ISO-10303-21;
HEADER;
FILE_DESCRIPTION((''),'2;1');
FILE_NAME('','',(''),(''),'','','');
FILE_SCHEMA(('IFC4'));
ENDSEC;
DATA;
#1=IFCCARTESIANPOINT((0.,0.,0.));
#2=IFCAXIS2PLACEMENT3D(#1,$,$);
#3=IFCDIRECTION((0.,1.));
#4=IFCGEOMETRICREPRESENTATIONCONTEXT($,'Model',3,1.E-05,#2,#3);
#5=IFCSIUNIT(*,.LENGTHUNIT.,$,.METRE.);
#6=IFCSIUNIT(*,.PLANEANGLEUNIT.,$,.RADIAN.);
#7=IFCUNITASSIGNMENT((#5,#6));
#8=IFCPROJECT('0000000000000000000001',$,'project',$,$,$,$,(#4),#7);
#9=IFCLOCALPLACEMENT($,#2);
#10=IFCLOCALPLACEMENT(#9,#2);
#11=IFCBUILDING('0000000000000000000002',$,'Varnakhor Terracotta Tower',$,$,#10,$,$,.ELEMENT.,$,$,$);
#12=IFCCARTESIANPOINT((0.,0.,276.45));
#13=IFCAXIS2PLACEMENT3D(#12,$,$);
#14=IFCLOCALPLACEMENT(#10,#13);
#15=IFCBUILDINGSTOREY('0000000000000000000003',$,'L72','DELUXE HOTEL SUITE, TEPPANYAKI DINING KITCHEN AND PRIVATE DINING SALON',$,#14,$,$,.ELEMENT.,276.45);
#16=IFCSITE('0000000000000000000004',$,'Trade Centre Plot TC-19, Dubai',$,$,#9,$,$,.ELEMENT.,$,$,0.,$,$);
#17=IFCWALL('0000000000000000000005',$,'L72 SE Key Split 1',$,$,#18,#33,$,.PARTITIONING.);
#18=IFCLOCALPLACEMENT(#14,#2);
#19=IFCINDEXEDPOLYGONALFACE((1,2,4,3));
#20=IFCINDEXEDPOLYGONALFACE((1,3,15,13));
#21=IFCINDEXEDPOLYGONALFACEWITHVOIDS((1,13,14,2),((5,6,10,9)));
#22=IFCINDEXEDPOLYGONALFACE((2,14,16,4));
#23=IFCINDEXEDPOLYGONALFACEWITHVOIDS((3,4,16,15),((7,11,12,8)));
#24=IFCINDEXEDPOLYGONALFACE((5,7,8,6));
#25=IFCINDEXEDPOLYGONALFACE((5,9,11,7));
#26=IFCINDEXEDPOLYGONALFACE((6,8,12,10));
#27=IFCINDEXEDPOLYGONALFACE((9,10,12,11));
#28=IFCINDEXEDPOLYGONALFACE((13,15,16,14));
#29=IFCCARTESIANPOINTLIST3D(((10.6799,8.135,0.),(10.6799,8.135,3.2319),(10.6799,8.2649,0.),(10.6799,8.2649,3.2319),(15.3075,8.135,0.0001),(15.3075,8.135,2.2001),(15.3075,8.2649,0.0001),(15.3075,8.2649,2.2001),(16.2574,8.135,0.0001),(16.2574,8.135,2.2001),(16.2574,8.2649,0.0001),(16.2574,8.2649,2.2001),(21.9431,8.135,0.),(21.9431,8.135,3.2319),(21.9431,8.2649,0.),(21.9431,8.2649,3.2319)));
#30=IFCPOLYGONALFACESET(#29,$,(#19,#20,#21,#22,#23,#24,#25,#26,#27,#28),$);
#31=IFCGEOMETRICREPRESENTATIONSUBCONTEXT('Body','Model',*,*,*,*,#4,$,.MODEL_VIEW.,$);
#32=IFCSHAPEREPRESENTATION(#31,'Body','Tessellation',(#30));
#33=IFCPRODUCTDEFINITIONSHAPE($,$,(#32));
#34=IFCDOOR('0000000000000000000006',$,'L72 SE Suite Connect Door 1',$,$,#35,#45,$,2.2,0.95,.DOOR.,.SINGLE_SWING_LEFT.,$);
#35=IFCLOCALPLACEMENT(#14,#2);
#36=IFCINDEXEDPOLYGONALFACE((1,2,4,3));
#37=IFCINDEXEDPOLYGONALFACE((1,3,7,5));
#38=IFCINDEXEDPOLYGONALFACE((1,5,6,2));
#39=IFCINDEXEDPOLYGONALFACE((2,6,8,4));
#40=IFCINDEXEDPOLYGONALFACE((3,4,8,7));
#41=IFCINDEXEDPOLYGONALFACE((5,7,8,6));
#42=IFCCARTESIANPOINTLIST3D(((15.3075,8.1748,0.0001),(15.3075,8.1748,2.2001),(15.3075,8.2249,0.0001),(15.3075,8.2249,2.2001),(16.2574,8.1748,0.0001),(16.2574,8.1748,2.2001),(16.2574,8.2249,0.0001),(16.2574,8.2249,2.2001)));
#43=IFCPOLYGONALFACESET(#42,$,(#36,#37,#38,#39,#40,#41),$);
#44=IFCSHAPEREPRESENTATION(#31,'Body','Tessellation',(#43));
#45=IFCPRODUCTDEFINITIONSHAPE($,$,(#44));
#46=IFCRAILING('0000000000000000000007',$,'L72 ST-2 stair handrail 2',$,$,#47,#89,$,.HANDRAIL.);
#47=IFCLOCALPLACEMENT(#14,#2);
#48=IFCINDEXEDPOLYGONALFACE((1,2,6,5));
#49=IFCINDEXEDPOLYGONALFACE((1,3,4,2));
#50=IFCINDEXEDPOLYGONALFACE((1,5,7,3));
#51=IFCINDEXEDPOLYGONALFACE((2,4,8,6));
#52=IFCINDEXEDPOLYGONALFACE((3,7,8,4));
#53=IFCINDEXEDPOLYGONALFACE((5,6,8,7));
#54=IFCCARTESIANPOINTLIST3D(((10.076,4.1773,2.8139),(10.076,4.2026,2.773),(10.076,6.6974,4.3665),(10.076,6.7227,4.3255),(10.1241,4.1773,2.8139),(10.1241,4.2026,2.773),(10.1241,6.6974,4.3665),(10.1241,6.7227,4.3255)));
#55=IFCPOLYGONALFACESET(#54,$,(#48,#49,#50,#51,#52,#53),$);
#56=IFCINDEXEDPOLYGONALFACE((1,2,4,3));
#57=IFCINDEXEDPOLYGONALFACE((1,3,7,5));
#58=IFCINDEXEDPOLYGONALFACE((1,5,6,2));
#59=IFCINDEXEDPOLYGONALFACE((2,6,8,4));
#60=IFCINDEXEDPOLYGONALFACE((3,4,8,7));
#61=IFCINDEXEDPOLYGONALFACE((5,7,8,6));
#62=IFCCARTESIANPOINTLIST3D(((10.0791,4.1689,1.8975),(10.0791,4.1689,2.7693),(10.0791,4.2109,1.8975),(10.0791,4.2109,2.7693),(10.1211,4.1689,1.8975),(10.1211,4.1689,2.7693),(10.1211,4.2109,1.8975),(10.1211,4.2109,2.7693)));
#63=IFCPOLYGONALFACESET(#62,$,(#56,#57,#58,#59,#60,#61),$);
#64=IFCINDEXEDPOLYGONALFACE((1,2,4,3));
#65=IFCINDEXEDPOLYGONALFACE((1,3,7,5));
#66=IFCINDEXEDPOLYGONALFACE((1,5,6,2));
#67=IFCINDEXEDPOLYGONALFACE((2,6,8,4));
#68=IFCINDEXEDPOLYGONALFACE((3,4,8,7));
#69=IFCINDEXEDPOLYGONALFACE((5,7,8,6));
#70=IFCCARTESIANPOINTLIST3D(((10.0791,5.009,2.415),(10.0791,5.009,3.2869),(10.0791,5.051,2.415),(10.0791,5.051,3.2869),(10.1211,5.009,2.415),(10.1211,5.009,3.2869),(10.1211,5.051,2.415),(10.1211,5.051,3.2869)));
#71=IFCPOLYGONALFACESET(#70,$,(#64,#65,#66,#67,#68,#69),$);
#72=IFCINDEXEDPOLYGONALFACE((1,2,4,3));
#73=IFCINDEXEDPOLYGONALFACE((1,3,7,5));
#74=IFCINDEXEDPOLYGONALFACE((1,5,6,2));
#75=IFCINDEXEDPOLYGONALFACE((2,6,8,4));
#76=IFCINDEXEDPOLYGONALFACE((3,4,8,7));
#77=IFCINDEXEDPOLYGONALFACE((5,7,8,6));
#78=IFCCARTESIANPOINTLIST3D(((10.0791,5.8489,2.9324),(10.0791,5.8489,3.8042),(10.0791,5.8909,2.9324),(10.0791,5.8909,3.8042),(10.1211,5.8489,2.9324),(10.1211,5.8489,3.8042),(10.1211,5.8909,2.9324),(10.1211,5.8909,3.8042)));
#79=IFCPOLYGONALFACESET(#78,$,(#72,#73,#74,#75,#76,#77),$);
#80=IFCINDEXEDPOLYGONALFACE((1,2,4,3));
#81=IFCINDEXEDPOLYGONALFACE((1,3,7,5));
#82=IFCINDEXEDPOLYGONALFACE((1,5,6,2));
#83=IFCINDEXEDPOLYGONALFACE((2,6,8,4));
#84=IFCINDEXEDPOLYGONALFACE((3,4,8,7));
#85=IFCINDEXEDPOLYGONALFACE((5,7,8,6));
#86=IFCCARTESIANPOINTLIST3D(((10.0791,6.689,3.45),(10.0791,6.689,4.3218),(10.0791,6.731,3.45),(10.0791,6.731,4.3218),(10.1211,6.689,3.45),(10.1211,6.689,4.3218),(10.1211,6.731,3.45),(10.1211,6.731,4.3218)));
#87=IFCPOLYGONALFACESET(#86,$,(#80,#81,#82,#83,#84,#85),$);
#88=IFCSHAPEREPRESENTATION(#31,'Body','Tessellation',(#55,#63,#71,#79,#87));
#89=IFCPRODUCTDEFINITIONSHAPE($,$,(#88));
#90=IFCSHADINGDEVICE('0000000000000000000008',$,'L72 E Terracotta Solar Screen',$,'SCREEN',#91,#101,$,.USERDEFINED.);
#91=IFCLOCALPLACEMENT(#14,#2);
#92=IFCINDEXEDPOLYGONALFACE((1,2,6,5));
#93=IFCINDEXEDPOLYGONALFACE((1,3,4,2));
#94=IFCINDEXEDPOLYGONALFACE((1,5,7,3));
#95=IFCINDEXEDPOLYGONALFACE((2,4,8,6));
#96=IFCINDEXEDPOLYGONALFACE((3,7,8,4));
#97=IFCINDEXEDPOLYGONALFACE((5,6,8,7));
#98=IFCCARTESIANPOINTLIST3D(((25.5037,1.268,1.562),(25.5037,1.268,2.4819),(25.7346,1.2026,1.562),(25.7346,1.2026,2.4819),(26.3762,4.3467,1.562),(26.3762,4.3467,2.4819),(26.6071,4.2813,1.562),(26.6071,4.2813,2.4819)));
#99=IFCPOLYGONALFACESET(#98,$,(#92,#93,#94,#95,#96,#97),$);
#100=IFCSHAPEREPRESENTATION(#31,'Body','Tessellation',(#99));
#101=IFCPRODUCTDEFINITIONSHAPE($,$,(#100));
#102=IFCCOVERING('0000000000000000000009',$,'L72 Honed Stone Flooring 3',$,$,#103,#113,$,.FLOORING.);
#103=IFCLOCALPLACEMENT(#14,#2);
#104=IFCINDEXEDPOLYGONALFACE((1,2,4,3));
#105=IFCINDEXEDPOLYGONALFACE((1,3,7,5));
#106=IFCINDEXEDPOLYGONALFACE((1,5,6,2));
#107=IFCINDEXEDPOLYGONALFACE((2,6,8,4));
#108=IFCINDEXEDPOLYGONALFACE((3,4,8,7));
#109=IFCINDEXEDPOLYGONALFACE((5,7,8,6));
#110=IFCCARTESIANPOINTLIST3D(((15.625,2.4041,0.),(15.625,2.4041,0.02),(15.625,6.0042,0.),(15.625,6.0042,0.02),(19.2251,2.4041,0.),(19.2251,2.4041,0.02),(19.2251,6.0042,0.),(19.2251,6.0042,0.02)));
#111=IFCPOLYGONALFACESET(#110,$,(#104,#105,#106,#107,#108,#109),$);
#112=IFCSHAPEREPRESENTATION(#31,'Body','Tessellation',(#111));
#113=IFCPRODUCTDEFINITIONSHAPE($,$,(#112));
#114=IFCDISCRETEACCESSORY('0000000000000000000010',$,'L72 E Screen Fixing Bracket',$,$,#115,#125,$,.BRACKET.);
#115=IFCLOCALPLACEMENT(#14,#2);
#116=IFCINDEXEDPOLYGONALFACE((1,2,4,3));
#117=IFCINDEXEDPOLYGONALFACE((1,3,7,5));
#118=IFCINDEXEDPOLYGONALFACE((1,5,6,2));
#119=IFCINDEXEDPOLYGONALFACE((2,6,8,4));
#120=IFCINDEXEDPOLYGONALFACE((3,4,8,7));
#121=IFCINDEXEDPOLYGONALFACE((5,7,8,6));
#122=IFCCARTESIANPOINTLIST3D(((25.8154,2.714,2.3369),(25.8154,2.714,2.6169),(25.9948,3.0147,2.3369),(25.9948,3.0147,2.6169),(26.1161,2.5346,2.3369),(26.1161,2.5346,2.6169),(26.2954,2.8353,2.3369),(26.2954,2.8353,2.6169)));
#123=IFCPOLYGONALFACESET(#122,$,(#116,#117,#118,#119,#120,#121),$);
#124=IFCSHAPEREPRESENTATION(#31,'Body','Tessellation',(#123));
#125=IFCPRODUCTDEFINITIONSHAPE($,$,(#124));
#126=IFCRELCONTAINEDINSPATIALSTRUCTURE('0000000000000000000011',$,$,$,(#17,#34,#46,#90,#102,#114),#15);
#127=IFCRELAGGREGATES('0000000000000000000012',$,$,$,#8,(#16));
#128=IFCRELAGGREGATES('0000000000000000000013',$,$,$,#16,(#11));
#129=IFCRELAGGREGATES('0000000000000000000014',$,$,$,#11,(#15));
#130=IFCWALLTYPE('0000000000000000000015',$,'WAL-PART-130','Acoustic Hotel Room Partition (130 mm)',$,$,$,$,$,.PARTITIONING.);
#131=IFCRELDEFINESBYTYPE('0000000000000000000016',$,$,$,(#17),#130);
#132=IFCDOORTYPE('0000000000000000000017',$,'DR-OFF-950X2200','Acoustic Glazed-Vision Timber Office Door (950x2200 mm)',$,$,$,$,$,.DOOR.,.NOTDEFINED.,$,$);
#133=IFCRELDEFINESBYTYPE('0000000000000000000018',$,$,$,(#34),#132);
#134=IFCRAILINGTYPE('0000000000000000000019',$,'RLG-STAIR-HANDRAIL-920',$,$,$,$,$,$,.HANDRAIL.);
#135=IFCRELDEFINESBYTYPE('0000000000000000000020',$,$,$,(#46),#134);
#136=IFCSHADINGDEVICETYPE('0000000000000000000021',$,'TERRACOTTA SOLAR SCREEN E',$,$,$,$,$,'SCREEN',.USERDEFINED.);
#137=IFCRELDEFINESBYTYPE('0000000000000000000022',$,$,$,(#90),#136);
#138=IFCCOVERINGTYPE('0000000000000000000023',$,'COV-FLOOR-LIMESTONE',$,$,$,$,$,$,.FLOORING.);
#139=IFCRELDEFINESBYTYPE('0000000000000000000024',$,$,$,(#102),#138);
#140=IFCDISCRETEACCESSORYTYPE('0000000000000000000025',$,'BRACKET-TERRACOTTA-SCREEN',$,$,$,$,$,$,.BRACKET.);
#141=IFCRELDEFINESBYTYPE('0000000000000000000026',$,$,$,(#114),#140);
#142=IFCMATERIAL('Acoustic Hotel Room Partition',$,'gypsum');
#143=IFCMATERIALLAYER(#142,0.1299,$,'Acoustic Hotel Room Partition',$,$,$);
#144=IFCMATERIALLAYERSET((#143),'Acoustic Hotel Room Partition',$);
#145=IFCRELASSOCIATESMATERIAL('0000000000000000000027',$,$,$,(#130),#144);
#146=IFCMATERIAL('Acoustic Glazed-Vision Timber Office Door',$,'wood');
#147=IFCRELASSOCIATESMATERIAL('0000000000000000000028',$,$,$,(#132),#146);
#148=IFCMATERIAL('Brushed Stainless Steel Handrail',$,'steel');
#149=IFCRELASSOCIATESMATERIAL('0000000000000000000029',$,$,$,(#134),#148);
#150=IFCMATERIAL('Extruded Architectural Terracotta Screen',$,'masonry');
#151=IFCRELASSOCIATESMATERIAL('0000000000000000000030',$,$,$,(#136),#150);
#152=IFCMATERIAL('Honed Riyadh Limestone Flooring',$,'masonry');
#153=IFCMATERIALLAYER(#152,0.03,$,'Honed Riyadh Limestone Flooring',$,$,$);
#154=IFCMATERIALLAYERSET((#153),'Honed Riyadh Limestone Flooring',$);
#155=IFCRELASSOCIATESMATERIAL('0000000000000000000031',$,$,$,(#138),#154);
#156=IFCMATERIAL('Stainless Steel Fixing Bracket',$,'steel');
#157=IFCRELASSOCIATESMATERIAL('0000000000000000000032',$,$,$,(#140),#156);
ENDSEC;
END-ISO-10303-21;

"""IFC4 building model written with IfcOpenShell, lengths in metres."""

from ifc_helpers import new_model, si_unit, direction, frame, frame_2d, origin, origin_2d, place, context, subcontext, project, spatial, rectangle, extrude, source, transform, mapped, material, layer, layer_set, type_object, type_shapes, element, fill, save


model = new_model("IFC4")

# Units and contexts
model_context = context("Model", 3, precision=1e-05, world=origin(), true_north=direction((0.0, 1.0)))
body_context = subcontext(model_context, "Body", "Model", "MODEL_VIEW")
ifc_project = project(units=[si_unit("LENGTHUNIT", "METRE"), si_unit("PLANEANGLEUNIT", "RADIAN")], contexts=[model_context])

# Site, building, storey
site_placement = place(None, origin())
site = spatial("IfcSite", under=ifc_project, at=site_placement, Name="Trade Centre Plot TC-19, Dubai", CompositionType="ELEMENT", RefElevation=0.0)
building_placement = place(site_placement, origin())
building = spatial("IfcBuilding", under=site, at=building_placement, Name="Varnakhor Terracotta Tower", CompositionType="ELEMENT")
storey_placement = place(building_placement, frame((0.0, 0.0, 276.45)))
storey = spatial("IfcBuildingStorey", under=building, at=storey_placement, Name="L72", Description="DELUXE HOTEL SUITE, TEPPANYAKI DINING KITCHEN AND PRIVATE DINING SALON", CompositionType="ELEMENT", Elevation=276.45)

# Wall, opening, door
ifc_material_1 = material(Name="Acoustic Hotel Room Partition", Category="gypsum")
ifc_layer_1 = layer(ifc_material_1, 0.1299, Name="Acoustic Hotel Room Partition")
ifc_layer_set_1 = layer_set([ifc_layer_1], Name="Acoustic Hotel Room Partition")
wall_type_1 = type_object("IfcWallType", Name="WAL-PART-130", Description="Acoustic Hotel Room Partition (130 mm)", PredefinedType="PARTITIONING", material=ifc_layer_set_1)
wall_1_placement = place(storey_placement, frame((10.6799, 8.2, 0.0), z_axis=(0.0, 0.0, 1.0), x_axis=(1.0, 0.0, 0.0)))
wall_1 = element("IfcWall", 1, at=wall_1_placement, inside=storey, type_object=wall_type_1, Name="L72 SE Key Split 1", PredefinedType="PARTITIONING", context=body_context, shape_type="SweptSolid", body=[
    extrude(rectangle(XDim=11.2632, YDim=0.1299, at=frame_2d((5.6316, 0.0))), origin(), (0.0, 0.0, 1.0), 3.2319),
])
opening_placement = place(wall_1_placement, frame((4.6274, 0.0, 0.0)))
opening = element("IfcOpeningElement", 2, at=opening_placement, cuts=wall_1, PredefinedType="OPENING", context=body_context, shape_type="SweptSolid", body=[
    extrude(rectangle(XDim=0.95, YDim=2.2, at=frame_2d((0.4751, 1.1001))), frame((0.0, 0.075, 0.0), z_axis=(0.0, -1.0, 0.0), x_axis=(1.0, 0.0, 0.0)), (0.0, 0.0, 1.0), 0.1499),
])
ifc_material_2 = material(Name="Acoustic Glazed-Vision Timber Office Door", Category="wood")
door_type = type_object("IfcDoorType", Name="DR-OFF-950X2200", Description="Acoustic Glazed-Vision Timber Office Door (950x2200 mm)", OperationType="NOTDEFINED", PredefinedType="DOOR", material=ifc_material_2)
shared_shape_1 = source(origin(), body_context, "Body", "SweptSolid", [
    extrude(rectangle(XDim=0.95, YDim=2.2, at=frame_2d((0.4751, 1.1001))), frame((0.0, 0.0249, 0.0), z_axis=(0.0, -1.0, 0.0), x_axis=(1.0, 0.0, 0.0)), (0.0, 0.0, 1.0), 0.05),
])
type_shapes(door_type, [shared_shape_1])
door_placement = place(opening_placement, origin())
door = element("IfcDoor", 3, at=door_placement, inside=storey, type_object=door_type, Name="L72 SE Suite Connect Door 1", OperationType="SINGLE_SWING_LEFT", OverallHeight=2.2, OverallWidth=0.95, PredefinedType="DOOR", context=body_context, shape_type="MappedRepresentation", body=[
    mapped(shared_shape_1, transform((0.0, 0.0, 0.0), scale=1.0)),
])
fill(opening, door)

# Railing
ifc_material_3 = material(Name="Brushed Stainless Steel Handrail", Category="steel")
railing_type = type_object("IfcRailingType", Name="RLG-STAIR-HANDRAIL-920", PredefinedType="HANDRAIL", material=ifc_material_3)
railing_placement = place(storey_placement, frame((10.1001, 4.1899, 1.8975)))
element("IfcRailing", 4, at=railing_placement, inside=storey, type_object=railing_type, Name="L72 ST-2 stair handrail 2", PredefinedType="HANDRAIL", context=body_context, shape_type="SweptSolid", body=[
    extrude(rectangle(XDim=0.0481, YDim=0.0481, at=origin_2d()), frame((0.0, 0.0, 0.896), z_axis=(0.0, 0.8514, 0.524516), x_axis=(-1.0, 0.0, 0.0)), (0.0, 0.0, 1.0), 2.96),
    extrude(rectangle(XDim=0.042, YDim=0.042, at=origin_2d()), origin(), (0.0, 0.0, 1.0), 0.8718),
    extrude(rectangle(XDim=0.042, YDim=0.042, at=origin_2d()), frame((0.0, 0.8401, 0.5176)), (0.0, 0.0, 1.0), 0.8718),
    extrude(rectangle(XDim=0.042, YDim=0.042, at=origin_2d()), frame((0.0, 1.6799, 1.0349)), (0.0, 0.0, 1.0), 0.8718),
    extrude(rectangle(XDim=0.042, YDim=0.042, at=origin_2d()), frame((0.0, 2.52, 1.5525)), (0.0, 0.0, 1.0), 0.8718),
])

# Shading device
ifc_material_4 = material(Name="Extruded Architectural Terracotta Screen", Category="masonry")
shading_device_type = type_object("IfcShadingDeviceType", Name="TERRACOTTA SOLAR SCREEN E", ElementType="SCREEN", PredefinedType="USERDEFINED", material=ifc_material_4)
shared_shape_2 = source(origin(), body_context, "Body", "SweptSolid", [
    extrude(rectangle(XDim=3.2, YDim=0.24, at=origin_2d()), origin(), (0.0, 0.0, 1.0), 0.9199),
])
type_shapes(shading_device_type, [shared_shape_2])
shading_device_placement = place(storey_placement, frame((26.0554, 2.7747, 1.562), z_axis=(0.0, 0.0, 1.0), x_axis=(0.272666, 0.962109, 0.0)))
element("IfcShadingDevice", 5, at=shading_device_placement, inside=storey, type_object=shading_device_type, Name="L72 E Terracotta Solar Screen", ObjectType="SCREEN", PredefinedType="USERDEFINED", context=body_context, shape_type="MappedRepresentation", body=[
    mapped(shared_shape_2, transform((0.0, 0.0, 0.0), scale=1.0)),
])

# Covering
ifc_material_5 = material(Name="Honed Riyadh Limestone Flooring", Category="masonry")
ifc_layer_2 = layer(ifc_material_5, 0.03, Name="Honed Riyadh Limestone Flooring")
ifc_layer_set_2 = layer_set([ifc_layer_2], Name="Honed Riyadh Limestone Flooring")
covering_type = type_object("IfcCoveringType", Name="COV-FLOOR-LIMESTONE", PredefinedType="FLOORING", material=ifc_layer_set_2)
shared_shape_3 = source(origin(), body_context, "Body", "SweptSolid", [
    extrude(rectangle(XDim=3.6001, YDim=3.6001, at=origin_2d()), origin(), (0.0, 0.0, 1.0), 0.02),
])
covering_placement = place(storey_placement, frame((17.425, 4.2041, 0.0), z_axis=(0.0, 0.0, 1.0), x_axis=(1.0, 0.0, 0.0)))
element("IfcCovering", 6, at=covering_placement, inside=storey, type_object=covering_type, Name="L72 Honed Stone Flooring 3", PredefinedType="FLOORING", context=body_context, shape_type="MappedRepresentation", body=[
    mapped(shared_shape_3, transform((0.0, 0.0, 0.0), scale=1.0)),
])

# Discrete accessory
ifc_material_6 = material(Name="Stainless Steel Fixing Bracket", Category="steel")
discrete_accessory_type = type_object("IfcDiscreteAccessoryType", Name="BRACKET-TERRACOTTA-SCREEN", PredefinedType="BRACKET", material=ifc_material_6)
shared_shape_4 = source(origin(), body_context, "Body", "SweptSolid", [
    extrude(rectangle(XDim=0.3501, YDim=0.3501, at=origin_2d()), origin(), (0.0, 0.0, 1.0), 0.28),
])
type_shapes(discrete_accessory_type, [shared_shape_4])
discrete_accessory_placement = place(storey_placement, frame((26.0554, 2.7747, 2.3369), z_axis=(0.0, 0.0, 1.0), x_axis=(0.512388, 0.858754, 0.0)))
element("IfcDiscreteAccessory", 7, at=discrete_accessory_placement, inside=storey, type_object=discrete_accessory_type, Name="L72 E Screen Fixing Bracket", PredefinedType="BRACKET", context=body_context, shape_type="MappedRepresentation", body=[
    mapped(shared_shape_4, transform((0.0, 0.0, 0.0), scale=1.0)),
])

save(model, "model.ifc")
